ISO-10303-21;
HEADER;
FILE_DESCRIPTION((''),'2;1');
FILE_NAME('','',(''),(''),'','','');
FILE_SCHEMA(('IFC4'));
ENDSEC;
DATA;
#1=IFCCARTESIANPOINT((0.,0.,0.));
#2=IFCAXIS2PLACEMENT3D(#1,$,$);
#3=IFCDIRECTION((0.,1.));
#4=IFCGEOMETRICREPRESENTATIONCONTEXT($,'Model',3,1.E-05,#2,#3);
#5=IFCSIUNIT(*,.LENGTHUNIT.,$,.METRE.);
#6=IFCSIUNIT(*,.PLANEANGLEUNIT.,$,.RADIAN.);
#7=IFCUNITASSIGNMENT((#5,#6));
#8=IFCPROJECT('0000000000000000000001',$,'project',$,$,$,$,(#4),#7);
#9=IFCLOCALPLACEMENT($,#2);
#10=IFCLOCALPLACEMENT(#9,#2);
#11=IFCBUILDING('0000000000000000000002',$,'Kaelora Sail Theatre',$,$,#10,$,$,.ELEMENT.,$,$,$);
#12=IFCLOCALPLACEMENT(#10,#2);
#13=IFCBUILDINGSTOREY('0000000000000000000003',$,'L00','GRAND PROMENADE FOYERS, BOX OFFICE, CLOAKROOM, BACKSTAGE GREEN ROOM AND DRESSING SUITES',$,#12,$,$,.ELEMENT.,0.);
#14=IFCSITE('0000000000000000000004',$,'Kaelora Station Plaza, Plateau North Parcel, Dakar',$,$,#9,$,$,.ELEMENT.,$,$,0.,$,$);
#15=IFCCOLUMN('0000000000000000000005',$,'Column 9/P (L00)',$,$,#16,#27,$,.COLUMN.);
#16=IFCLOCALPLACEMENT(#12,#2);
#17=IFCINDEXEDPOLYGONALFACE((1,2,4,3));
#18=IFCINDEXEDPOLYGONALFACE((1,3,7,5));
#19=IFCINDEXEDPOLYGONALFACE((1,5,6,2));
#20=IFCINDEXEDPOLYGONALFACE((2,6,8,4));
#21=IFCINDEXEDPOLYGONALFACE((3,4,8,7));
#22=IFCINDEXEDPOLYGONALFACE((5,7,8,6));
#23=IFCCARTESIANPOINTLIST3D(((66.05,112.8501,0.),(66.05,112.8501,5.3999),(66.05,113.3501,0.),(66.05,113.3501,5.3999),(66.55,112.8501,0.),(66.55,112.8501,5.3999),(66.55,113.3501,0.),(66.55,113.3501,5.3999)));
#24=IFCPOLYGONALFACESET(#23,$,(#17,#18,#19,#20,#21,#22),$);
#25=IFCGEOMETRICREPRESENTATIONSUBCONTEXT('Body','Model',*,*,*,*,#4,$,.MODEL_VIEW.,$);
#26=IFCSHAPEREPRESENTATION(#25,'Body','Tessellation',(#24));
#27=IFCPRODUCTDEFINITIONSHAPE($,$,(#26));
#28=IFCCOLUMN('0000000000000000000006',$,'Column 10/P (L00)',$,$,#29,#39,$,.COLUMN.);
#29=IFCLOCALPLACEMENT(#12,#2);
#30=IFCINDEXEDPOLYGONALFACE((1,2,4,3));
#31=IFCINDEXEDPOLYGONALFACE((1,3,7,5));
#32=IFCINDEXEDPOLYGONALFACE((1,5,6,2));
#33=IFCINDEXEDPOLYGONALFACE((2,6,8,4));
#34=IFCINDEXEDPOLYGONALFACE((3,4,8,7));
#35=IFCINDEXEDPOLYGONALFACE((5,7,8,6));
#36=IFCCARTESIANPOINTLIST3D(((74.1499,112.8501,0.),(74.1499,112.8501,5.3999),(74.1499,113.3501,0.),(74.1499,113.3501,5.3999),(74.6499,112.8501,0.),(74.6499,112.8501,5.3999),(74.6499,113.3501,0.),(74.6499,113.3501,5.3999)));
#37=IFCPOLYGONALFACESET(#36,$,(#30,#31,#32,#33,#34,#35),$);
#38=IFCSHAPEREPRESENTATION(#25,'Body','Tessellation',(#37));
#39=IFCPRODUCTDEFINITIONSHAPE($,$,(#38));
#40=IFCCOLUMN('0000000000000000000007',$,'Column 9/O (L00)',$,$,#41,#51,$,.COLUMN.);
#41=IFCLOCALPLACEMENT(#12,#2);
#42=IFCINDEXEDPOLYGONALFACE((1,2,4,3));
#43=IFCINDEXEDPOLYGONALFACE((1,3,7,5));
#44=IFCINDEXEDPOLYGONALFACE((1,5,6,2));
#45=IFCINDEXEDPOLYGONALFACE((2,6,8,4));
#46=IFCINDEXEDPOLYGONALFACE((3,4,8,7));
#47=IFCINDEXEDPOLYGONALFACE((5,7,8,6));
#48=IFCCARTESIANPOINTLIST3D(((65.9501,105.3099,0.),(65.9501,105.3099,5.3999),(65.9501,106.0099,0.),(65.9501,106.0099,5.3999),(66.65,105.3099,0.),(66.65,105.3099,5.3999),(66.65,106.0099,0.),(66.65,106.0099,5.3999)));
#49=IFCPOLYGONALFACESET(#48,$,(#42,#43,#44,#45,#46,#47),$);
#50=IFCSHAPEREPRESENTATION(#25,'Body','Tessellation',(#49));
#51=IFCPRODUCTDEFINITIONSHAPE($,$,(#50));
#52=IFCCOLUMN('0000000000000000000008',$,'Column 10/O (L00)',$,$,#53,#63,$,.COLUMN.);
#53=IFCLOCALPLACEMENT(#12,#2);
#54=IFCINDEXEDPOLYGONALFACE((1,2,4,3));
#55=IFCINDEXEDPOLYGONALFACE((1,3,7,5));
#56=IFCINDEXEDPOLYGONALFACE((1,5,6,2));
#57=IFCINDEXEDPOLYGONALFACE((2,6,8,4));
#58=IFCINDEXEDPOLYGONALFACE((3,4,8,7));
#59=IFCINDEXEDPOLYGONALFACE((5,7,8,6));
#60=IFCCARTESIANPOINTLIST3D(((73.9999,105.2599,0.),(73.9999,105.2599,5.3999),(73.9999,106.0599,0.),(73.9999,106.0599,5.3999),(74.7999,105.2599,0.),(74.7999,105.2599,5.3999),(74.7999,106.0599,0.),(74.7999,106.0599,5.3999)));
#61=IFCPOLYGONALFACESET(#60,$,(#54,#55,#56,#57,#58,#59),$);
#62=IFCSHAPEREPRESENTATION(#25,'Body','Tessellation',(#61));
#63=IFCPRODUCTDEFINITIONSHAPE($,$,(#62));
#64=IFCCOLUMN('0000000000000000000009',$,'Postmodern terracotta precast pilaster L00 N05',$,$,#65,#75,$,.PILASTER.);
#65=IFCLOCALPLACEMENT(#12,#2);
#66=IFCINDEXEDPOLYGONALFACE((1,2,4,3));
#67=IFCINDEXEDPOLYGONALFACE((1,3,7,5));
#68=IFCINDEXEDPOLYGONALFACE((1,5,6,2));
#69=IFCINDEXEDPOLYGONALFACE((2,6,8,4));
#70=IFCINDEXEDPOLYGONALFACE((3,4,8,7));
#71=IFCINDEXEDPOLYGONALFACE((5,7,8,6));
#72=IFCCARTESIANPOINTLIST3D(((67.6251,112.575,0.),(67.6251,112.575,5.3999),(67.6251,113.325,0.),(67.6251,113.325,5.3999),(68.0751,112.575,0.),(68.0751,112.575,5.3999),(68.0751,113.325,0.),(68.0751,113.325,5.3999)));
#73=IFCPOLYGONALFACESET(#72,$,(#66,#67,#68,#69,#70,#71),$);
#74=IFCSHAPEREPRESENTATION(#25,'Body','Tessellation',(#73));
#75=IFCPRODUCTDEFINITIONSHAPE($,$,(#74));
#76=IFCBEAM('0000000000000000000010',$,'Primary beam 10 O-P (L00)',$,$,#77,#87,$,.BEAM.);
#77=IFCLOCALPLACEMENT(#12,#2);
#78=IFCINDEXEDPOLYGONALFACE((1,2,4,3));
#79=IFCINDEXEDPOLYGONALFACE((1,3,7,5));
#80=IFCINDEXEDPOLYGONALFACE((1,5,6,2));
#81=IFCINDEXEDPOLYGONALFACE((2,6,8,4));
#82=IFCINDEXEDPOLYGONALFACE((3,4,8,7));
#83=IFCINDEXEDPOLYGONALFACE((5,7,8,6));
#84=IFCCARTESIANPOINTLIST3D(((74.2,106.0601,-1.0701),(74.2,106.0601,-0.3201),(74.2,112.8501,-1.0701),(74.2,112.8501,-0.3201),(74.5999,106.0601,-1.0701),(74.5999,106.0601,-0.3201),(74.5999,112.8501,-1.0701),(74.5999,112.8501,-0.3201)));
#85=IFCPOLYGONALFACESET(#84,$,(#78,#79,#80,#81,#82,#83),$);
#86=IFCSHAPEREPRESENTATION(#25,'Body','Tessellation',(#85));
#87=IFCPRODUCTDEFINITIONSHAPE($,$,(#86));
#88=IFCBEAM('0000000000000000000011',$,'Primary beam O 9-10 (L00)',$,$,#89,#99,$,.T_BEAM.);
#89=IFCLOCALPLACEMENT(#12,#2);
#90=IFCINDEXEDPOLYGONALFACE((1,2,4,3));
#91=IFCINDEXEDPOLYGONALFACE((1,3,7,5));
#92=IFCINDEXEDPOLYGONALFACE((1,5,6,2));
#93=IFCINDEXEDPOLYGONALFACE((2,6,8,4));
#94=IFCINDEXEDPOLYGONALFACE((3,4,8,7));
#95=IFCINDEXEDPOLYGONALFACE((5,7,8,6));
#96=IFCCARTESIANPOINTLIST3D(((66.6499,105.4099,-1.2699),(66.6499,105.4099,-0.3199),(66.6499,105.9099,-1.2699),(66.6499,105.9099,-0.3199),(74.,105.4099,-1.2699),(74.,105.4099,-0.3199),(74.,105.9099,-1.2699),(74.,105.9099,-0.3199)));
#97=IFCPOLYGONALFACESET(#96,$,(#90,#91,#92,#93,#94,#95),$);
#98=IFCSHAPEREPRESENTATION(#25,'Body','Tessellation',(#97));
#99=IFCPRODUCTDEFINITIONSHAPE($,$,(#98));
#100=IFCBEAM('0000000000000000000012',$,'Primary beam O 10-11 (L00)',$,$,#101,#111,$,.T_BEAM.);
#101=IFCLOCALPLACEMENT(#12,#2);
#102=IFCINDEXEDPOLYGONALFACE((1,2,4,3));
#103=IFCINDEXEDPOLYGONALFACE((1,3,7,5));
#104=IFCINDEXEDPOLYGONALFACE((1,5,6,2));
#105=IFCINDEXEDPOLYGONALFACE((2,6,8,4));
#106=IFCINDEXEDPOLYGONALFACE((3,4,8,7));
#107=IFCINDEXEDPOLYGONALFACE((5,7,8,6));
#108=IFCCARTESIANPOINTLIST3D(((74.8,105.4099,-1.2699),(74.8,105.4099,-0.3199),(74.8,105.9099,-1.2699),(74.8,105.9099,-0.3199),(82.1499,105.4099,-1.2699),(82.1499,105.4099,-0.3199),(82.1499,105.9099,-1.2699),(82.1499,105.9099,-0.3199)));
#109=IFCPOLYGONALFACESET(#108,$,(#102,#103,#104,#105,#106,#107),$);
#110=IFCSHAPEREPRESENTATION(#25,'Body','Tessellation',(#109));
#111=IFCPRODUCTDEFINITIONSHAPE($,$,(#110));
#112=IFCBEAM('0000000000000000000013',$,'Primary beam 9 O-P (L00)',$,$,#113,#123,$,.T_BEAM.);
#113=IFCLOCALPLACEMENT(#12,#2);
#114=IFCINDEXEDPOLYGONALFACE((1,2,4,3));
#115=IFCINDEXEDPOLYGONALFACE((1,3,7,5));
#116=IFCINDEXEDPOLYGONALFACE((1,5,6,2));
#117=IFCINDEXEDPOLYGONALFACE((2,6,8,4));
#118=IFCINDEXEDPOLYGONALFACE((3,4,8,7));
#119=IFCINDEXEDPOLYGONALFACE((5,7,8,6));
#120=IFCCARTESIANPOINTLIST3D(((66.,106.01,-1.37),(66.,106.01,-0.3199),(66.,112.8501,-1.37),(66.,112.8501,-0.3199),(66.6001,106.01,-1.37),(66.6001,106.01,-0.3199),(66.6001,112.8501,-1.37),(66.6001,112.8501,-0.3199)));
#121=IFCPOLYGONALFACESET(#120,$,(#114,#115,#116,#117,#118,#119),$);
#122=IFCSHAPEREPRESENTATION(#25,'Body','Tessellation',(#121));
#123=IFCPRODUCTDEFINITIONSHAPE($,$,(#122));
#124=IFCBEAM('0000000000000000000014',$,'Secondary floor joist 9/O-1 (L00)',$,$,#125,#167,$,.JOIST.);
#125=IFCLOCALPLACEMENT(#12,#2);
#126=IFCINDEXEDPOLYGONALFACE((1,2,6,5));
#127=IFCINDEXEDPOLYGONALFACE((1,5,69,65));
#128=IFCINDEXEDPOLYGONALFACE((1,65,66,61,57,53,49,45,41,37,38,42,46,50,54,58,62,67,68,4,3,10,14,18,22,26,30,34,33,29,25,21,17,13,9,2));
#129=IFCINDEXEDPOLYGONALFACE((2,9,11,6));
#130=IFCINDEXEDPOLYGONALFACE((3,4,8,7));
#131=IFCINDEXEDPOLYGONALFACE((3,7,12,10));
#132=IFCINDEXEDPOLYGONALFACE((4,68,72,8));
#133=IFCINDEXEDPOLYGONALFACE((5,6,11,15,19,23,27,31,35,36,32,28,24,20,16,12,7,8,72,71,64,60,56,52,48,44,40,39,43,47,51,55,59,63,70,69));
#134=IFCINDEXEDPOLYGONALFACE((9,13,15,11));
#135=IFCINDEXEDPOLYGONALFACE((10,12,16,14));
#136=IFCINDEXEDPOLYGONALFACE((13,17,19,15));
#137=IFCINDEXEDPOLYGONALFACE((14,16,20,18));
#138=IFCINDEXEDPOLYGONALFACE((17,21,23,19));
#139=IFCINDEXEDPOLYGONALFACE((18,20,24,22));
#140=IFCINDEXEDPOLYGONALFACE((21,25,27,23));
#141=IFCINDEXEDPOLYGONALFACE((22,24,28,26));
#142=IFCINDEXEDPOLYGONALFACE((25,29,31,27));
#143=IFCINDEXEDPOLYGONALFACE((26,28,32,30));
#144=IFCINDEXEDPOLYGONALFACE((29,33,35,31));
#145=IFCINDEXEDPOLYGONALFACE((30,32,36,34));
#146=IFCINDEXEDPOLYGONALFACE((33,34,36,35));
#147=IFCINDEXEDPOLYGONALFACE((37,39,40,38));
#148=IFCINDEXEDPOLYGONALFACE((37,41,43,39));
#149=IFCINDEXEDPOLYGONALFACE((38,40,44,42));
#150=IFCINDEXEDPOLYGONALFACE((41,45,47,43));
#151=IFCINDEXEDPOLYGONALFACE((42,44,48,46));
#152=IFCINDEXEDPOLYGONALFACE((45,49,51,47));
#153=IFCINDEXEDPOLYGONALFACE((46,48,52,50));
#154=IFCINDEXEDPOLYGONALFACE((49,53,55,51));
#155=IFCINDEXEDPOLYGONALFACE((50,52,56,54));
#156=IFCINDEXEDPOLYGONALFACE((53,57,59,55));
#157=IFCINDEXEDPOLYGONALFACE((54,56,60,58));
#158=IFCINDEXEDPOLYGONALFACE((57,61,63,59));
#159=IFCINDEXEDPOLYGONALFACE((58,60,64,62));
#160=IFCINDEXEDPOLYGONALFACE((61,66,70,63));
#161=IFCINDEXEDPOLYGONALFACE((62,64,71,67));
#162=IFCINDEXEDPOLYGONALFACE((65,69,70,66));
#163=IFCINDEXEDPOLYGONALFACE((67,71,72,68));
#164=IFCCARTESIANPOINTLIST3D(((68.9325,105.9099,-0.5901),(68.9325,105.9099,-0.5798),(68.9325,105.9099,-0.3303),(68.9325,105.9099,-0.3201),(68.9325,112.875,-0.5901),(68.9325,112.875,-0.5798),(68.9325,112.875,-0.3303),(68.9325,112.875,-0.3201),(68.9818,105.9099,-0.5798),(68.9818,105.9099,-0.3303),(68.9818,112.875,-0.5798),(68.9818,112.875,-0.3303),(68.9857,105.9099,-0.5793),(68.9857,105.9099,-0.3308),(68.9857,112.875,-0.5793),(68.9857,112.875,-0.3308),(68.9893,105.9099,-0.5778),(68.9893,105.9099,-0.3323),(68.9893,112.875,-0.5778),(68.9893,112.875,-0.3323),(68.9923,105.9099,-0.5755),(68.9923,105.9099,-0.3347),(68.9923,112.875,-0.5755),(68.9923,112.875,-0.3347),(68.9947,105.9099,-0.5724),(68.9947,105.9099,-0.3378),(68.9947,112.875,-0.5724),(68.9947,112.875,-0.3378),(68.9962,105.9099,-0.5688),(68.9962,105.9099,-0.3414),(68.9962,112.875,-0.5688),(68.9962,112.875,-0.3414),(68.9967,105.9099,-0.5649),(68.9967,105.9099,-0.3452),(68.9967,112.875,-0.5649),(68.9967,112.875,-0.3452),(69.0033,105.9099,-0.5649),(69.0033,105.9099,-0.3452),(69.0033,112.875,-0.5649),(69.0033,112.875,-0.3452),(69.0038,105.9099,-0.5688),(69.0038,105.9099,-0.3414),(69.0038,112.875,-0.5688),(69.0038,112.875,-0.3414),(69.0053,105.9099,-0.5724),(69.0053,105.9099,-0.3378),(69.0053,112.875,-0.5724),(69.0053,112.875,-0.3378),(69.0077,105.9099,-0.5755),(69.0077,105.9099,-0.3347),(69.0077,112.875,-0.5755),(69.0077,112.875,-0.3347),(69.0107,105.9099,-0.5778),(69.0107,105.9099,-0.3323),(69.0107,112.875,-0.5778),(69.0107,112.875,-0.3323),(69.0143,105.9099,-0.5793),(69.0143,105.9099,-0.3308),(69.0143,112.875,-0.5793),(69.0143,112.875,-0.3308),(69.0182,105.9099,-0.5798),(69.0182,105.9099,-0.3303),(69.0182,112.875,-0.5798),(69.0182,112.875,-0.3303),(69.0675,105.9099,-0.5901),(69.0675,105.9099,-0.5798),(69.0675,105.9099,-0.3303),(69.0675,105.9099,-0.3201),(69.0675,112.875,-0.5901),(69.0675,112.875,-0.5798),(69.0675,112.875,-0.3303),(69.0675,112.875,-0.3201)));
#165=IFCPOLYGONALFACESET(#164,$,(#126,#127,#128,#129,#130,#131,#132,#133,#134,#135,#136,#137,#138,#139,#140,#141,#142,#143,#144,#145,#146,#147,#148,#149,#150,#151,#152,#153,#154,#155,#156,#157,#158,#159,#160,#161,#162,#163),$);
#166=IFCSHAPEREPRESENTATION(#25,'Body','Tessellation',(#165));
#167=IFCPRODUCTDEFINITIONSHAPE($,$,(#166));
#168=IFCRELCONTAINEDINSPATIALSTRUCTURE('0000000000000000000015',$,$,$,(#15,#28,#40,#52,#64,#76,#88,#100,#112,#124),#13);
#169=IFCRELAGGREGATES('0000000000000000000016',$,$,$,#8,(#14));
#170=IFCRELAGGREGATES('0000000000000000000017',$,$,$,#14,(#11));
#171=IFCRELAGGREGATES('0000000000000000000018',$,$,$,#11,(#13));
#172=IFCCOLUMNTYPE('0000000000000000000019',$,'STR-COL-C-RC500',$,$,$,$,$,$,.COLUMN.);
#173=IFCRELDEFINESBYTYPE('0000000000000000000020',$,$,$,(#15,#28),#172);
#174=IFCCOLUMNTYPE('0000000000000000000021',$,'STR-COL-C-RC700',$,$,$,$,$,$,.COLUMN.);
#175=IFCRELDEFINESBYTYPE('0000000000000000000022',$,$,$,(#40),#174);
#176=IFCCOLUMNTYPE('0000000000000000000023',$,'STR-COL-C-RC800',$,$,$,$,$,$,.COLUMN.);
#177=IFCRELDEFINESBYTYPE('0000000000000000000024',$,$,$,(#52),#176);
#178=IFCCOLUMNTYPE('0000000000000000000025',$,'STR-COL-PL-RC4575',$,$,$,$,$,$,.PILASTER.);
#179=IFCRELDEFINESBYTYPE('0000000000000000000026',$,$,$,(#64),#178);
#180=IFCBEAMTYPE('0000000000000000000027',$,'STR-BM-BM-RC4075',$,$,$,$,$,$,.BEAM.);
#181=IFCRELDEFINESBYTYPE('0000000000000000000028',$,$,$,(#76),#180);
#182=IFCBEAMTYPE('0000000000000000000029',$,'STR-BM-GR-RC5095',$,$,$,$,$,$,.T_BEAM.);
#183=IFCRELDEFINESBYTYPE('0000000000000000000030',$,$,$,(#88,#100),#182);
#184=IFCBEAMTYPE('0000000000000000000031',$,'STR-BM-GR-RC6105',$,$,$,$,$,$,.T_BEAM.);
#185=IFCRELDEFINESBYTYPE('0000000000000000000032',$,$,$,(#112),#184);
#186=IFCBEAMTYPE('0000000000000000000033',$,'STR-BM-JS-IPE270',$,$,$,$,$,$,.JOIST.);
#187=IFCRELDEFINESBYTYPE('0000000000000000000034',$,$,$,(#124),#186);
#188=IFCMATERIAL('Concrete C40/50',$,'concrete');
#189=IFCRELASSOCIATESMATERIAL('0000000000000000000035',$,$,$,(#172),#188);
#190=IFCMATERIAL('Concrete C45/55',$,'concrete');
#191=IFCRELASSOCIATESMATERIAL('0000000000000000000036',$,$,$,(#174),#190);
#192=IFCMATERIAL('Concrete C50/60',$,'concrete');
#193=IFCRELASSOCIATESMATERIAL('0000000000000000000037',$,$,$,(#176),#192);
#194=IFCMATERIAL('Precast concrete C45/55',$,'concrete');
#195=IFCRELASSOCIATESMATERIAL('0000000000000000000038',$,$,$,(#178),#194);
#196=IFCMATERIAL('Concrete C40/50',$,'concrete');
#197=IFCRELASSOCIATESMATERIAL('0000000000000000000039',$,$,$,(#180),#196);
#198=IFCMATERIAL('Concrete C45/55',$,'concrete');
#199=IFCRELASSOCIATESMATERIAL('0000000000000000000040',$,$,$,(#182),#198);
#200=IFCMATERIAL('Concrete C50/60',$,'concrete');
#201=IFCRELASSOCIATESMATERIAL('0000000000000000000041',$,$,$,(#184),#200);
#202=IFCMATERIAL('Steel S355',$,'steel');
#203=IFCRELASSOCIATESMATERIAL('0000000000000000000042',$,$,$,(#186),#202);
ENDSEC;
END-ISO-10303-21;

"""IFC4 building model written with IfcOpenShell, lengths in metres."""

from ifc_helpers import new_model, si_unit, direction, frame, origin, origin_2d, place, context, subcontext, project, spatial, rectangle, i_section, extrude, material, material_profile, profile_set, type_object, element, save


model = new_model("IFC4")

# Units and contexts
model_context = context("Model", 3, precision=1e-05, world=origin(), true_north=direction((0.0, 1.0)))
body_context = subcontext(model_context, "Body", "Model", "MODEL_VIEW")
ifc_project = project(units=[si_unit("LENGTHUNIT", "METRE"), si_unit("PLANEANGLEUNIT", "RADIAN")], contexts=[model_context])

# Site, building, storey
site_placement = place(None, origin())
site = spatial("IfcSite", under=ifc_project, at=site_placement, Name="Kaelora Station Plaza, Plateau North Parcel, Dakar", CompositionType="ELEMENT", RefElevation=0.0)
building_placement = place(site_placement, origin())
building = spatial("IfcBuilding", under=site, at=building_placement, Name="Kaelora Sail Theatre", CompositionType="ELEMENT")
storey_placement = place(building_placement, origin())
storey = spatial("IfcBuildingStorey", under=building, at=storey_placement, Name="L00", Description="GRAND PROMENADE FOYERS, BOX OFFICE, CLOAKROOM, BACKSTAGE GREEN ROOM AND DRESSING SUITES", CompositionType="ELEMENT", Elevation=0.0)

# Columns
ifc_material_1 = material(Name="Concrete C40/50", Category="concrete")
ifc_material_profile_1 = material_profile(ifc_material_1, rectangle(XDim=0.5, YDim=0.5, at=origin_2d()), Name="RC-COL 500x500")
ifc_profile_set_1 = profile_set([ifc_material_profile_1], Name="Concrete C40/50")
column_type_1 = type_object("IfcColumnType", Name="STR-COL-C-RC500", PredefinedType="COLUMN", material=ifc_profile_set_1)
for number, where, z_axis, x_axis, name in (
    (1, (66.3, 113.1001, 0.0), (0.0, 0.0, 1.0), (1.0, 0.0, 0.0), "Column 9/P (L00)"),
    (2, (74.3999, 113.1001, 0.0), (0.0, 0.0, 1.0), (1.0, 0.0, 0.0), "Column 10/P (L00)"),
):
    element("IfcColumn", number, at=place(storey_placement, frame(where, z_axis=z_axis, x_axis=x_axis)), inside=storey, type_object=column_type_1, Name=name, PredefinedType="COLUMN", context=body_context, shape_type="SweptSolid", body=[
        extrude(rectangle(XDim=0.5, YDim=0.5, at=origin_2d()), origin(), (0.0, 0.0, 1.0), 5.3999),
    ])
ifc_material_2 = material(Name="Concrete C45/55", Category="concrete")
ifc_material_profile_2 = material_profile(ifc_material_2, rectangle(XDim=0.7, YDim=0.7, at=origin_2d()), Name="RC-COL 700x700")
ifc_profile_set_2 = profile_set([ifc_material_profile_2], Name="Concrete C45/55")
column_type_2 = type_object("IfcColumnType", Name="STR-COL-C-RC700", PredefinedType="COLUMN", material=ifc_profile_set_2)
column_1_placement = place(storey_placement, frame((66.3, 105.6599, 0.0), z_axis=(0.0, 0.0, 1.0), x_axis=(1.0, 0.0, 0.0)))
element("IfcColumn", 3, at=column_1_placement, inside=storey, type_object=column_type_2, Name="Column 9/O (L00)", PredefinedType="COLUMN", context=body_context, shape_type="SweptSolid", body=[
    extrude(rectangle(XDim=0.7, YDim=0.7, at=origin_2d()), origin(), (0.0, 0.0, 1.0), 5.3999),
])
ifc_material_3 = material(Name="Concrete C50/60", Category="concrete")
ifc_material_profile_3 = material_profile(ifc_material_3, rectangle(XDim=0.8, YDim=0.8, at=origin_2d()), Name="RC-COL 800x800")
ifc_profile_set_3 = profile_set([ifc_material_profile_3], Name="Concrete C50/60")
column_type_3 = type_object("IfcColumnType", Name="STR-COL-C-RC800", PredefinedType="COLUMN", material=ifc_profile_set_3)
column_2_placement = place(storey_placement, frame((74.3999, 105.6599, 0.0), z_axis=(0.0, 0.0, 1.0), x_axis=(1.0, 0.0, 0.0)))
element("IfcColumn", 4, at=column_2_placement, inside=storey, type_object=column_type_3, Name="Column 10/O (L00)", PredefinedType="COLUMN", context=body_context, shape_type="SweptSolid", body=[
    extrude(rectangle(XDim=0.8, YDim=0.8, at=origin_2d()), origin(), (0.0, 0.0, 1.0), 5.3999),
])
ifc_material_4 = material(Name="Precast concrete C45/55", Category="concrete")
ifc_material_profile_4 = material_profile(ifc_material_4, rectangle(XDim=0.45, YDim=0.75, at=origin_2d()), Name="RC-PIL 450x750")
ifc_profile_set_4 = profile_set([ifc_material_profile_4], Name="Precast concrete C45/55")
column_type_4 = type_object("IfcColumnType", Name="STR-COL-PL-RC4575", PredefinedType="PILASTER", material=ifc_profile_set_4)
column_3_placement = place(storey_placement, frame((67.8501, 112.95, 0.0), z_axis=(0.0, 0.0, 1.0), x_axis=(1.0, 0.0, 0.0)))
element("IfcColumn", 5, at=column_3_placement, inside=storey, type_object=column_type_4, Name="Postmodern terracotta precast pilaster L00 N05", PredefinedType="PILASTER", context=body_context, shape_type="SweptSolid", body=[
    extrude(rectangle(XDim=0.45, YDim=0.75, at=origin_2d()), origin(), (0.0, 0.0, 1.0), 5.3999),
])

# Beams
ifc_material_5 = material(Name="Concrete C40/50", Category="concrete")
ifc_material_profile_5 = material_profile(ifc_material_5, rectangle(XDim=0.3999, YDim=0.75, at=origin_2d()), Name="RC-BM 400x750")
ifc_profile_set_5 = profile_set([ifc_material_profile_5], Name="Concrete C40/50")
beam_type_1 = type_object("IfcBeamType", Name="STR-BM-BM-RC4075", PredefinedType="BEAM", material=ifc_profile_set_5)
beam_1_placement = place(storey_placement, frame((74.3999, 106.0601, -0.6951), z_axis=(0.0, 1.0, 0.0), x_axis=(-1.0, 0.0, 0.0)))
element("IfcBeam", 6, at=beam_1_placement, inside=storey, type_object=beam_type_1, Name="Primary beam 10 O-P (L00)", PredefinedType="BEAM", context=body_context, shape_type="SweptSolid", body=[
    extrude(rectangle(XDim=0.3999, YDim=0.75, at=origin_2d()), origin(), (0.0, 0.0, 1.0), 6.79),
])
ifc_material_6 = material(Name="Concrete C45/55", Category="concrete")
ifc_material_profile_6 = material_profile(ifc_material_6, rectangle(XDim=0.5, YDim=0.95, at=origin_2d()), Name="RC-GRD 500x950")
ifc_profile_set_6 = profile_set([ifc_material_profile_6], Name="Concrete C45/55")
beam_type_2 = type_object("IfcBeamType", Name="STR-BM-GR-RC5095", PredefinedType="T_BEAM", material=ifc_profile_set_6)
beam_2_placement = place(storey_placement, frame((66.6499, 105.6599, -0.7949), z_axis=(1.0, 0.0, 0.0), x_axis=(0.0, 1.0, 0.0)))
element("IfcBeam", 7, at=beam_2_placement, inside=storey, type_object=beam_type_2, Name="Primary beam O 9-10 (L00)", PredefinedType="T_BEAM", context=body_context, shape_type="SweptSolid", body=[
    extrude(rectangle(XDim=0.5, YDim=0.95, at=origin_2d()), origin(), (0.0, 0.0, 1.0), 7.3501),
])
beam_3_placement = place(storey_placement, frame((74.8, 105.6599, -0.7949), z_axis=(1.0, 0.0, 0.0), x_axis=(0.0, 1.0, 0.0)))
element("IfcBeam", 8, at=beam_3_placement, inside=storey, type_object=beam_type_2, Name="Primary beam O 10-11 (L00)", PredefinedType="T_BEAM", context=body_context, shape_type="SweptSolid", body=[
    extrude(rectangle(XDim=0.5, YDim=0.95, at=origin_2d()), origin(), (0.0, 0.0, 1.0), 7.3499),
])
ifc_material_7 = material(Name="Concrete C50/60", Category="concrete")
ifc_material_profile_7 = material_profile(ifc_material_7, rectangle(XDim=0.6001, YDim=1.05, at=origin_2d()), Name="RC-GRD 600x1050")
ifc_profile_set_7 = profile_set([ifc_material_profile_7], Name="Concrete C50/60")
beam_type_3 = type_object("IfcBeamType", Name="STR-BM-GR-RC6105", PredefinedType="T_BEAM", material=ifc_profile_set_7)
beam_4_placement = place(storey_placement, frame((66.3, 106.01, -0.845), z_axis=(0.0, 1.0, 0.0), x_axis=(-1.0, 0.0, 0.0)))
element("IfcBeam", 9, at=beam_4_placement, inside=storey, type_object=beam_type_3, Name="Primary beam 9 O-P (L00)", PredefinedType="T_BEAM", context=body_context, shape_type="SweptSolid", body=[
    extrude(rectangle(XDim=0.6001, YDim=1.05, at=origin_2d()), origin(), (0.0, 0.0, 1.0), 6.8401),
])
ifc_material_8 = material(Name="Steel S355", Category="steel")
ifc_material_profile_8 = material_profile(ifc_material_8, i_section(OverallWidth=0.135, OverallDepth=0.27, WebThickness=0.0066, FlangeThickness=0.0103, FilletRadius=0.0149, at=origin_2d()), Name="IPE 270")
ifc_profile_set_8 = profile_set([ifc_material_profile_8], Name="Steel S355")
beam_type_4 = type_object("IfcBeamType", Name="STR-BM-JS-IPE270", PredefinedType="JOIST", material=ifc_profile_set_8)
beam_5_placement = place(storey_placement, frame((69.0, 105.9099, -0.4551), z_axis=(0.0, 1.0, 0.0), x_axis=(-1.0, 0.0, 0.0)))
element("IfcBeam", 10, at=beam_5_placement, inside=storey, type_object=beam_type_4, Name="Secondary floor joist 9/O-1 (L00)", PredefinedType="JOIST", context=body_context, shape_type="SweptSolid", body=[
    extrude(i_section(OverallWidth=0.135, OverallDepth=0.27, WebThickness=0.0066, FlangeThickness=0.0103, FilletRadius=0.0149, at=origin_2d()), origin(), (0.0, 0.0, 1.0), 6.9651),
])

save(model, "model.ifc")
